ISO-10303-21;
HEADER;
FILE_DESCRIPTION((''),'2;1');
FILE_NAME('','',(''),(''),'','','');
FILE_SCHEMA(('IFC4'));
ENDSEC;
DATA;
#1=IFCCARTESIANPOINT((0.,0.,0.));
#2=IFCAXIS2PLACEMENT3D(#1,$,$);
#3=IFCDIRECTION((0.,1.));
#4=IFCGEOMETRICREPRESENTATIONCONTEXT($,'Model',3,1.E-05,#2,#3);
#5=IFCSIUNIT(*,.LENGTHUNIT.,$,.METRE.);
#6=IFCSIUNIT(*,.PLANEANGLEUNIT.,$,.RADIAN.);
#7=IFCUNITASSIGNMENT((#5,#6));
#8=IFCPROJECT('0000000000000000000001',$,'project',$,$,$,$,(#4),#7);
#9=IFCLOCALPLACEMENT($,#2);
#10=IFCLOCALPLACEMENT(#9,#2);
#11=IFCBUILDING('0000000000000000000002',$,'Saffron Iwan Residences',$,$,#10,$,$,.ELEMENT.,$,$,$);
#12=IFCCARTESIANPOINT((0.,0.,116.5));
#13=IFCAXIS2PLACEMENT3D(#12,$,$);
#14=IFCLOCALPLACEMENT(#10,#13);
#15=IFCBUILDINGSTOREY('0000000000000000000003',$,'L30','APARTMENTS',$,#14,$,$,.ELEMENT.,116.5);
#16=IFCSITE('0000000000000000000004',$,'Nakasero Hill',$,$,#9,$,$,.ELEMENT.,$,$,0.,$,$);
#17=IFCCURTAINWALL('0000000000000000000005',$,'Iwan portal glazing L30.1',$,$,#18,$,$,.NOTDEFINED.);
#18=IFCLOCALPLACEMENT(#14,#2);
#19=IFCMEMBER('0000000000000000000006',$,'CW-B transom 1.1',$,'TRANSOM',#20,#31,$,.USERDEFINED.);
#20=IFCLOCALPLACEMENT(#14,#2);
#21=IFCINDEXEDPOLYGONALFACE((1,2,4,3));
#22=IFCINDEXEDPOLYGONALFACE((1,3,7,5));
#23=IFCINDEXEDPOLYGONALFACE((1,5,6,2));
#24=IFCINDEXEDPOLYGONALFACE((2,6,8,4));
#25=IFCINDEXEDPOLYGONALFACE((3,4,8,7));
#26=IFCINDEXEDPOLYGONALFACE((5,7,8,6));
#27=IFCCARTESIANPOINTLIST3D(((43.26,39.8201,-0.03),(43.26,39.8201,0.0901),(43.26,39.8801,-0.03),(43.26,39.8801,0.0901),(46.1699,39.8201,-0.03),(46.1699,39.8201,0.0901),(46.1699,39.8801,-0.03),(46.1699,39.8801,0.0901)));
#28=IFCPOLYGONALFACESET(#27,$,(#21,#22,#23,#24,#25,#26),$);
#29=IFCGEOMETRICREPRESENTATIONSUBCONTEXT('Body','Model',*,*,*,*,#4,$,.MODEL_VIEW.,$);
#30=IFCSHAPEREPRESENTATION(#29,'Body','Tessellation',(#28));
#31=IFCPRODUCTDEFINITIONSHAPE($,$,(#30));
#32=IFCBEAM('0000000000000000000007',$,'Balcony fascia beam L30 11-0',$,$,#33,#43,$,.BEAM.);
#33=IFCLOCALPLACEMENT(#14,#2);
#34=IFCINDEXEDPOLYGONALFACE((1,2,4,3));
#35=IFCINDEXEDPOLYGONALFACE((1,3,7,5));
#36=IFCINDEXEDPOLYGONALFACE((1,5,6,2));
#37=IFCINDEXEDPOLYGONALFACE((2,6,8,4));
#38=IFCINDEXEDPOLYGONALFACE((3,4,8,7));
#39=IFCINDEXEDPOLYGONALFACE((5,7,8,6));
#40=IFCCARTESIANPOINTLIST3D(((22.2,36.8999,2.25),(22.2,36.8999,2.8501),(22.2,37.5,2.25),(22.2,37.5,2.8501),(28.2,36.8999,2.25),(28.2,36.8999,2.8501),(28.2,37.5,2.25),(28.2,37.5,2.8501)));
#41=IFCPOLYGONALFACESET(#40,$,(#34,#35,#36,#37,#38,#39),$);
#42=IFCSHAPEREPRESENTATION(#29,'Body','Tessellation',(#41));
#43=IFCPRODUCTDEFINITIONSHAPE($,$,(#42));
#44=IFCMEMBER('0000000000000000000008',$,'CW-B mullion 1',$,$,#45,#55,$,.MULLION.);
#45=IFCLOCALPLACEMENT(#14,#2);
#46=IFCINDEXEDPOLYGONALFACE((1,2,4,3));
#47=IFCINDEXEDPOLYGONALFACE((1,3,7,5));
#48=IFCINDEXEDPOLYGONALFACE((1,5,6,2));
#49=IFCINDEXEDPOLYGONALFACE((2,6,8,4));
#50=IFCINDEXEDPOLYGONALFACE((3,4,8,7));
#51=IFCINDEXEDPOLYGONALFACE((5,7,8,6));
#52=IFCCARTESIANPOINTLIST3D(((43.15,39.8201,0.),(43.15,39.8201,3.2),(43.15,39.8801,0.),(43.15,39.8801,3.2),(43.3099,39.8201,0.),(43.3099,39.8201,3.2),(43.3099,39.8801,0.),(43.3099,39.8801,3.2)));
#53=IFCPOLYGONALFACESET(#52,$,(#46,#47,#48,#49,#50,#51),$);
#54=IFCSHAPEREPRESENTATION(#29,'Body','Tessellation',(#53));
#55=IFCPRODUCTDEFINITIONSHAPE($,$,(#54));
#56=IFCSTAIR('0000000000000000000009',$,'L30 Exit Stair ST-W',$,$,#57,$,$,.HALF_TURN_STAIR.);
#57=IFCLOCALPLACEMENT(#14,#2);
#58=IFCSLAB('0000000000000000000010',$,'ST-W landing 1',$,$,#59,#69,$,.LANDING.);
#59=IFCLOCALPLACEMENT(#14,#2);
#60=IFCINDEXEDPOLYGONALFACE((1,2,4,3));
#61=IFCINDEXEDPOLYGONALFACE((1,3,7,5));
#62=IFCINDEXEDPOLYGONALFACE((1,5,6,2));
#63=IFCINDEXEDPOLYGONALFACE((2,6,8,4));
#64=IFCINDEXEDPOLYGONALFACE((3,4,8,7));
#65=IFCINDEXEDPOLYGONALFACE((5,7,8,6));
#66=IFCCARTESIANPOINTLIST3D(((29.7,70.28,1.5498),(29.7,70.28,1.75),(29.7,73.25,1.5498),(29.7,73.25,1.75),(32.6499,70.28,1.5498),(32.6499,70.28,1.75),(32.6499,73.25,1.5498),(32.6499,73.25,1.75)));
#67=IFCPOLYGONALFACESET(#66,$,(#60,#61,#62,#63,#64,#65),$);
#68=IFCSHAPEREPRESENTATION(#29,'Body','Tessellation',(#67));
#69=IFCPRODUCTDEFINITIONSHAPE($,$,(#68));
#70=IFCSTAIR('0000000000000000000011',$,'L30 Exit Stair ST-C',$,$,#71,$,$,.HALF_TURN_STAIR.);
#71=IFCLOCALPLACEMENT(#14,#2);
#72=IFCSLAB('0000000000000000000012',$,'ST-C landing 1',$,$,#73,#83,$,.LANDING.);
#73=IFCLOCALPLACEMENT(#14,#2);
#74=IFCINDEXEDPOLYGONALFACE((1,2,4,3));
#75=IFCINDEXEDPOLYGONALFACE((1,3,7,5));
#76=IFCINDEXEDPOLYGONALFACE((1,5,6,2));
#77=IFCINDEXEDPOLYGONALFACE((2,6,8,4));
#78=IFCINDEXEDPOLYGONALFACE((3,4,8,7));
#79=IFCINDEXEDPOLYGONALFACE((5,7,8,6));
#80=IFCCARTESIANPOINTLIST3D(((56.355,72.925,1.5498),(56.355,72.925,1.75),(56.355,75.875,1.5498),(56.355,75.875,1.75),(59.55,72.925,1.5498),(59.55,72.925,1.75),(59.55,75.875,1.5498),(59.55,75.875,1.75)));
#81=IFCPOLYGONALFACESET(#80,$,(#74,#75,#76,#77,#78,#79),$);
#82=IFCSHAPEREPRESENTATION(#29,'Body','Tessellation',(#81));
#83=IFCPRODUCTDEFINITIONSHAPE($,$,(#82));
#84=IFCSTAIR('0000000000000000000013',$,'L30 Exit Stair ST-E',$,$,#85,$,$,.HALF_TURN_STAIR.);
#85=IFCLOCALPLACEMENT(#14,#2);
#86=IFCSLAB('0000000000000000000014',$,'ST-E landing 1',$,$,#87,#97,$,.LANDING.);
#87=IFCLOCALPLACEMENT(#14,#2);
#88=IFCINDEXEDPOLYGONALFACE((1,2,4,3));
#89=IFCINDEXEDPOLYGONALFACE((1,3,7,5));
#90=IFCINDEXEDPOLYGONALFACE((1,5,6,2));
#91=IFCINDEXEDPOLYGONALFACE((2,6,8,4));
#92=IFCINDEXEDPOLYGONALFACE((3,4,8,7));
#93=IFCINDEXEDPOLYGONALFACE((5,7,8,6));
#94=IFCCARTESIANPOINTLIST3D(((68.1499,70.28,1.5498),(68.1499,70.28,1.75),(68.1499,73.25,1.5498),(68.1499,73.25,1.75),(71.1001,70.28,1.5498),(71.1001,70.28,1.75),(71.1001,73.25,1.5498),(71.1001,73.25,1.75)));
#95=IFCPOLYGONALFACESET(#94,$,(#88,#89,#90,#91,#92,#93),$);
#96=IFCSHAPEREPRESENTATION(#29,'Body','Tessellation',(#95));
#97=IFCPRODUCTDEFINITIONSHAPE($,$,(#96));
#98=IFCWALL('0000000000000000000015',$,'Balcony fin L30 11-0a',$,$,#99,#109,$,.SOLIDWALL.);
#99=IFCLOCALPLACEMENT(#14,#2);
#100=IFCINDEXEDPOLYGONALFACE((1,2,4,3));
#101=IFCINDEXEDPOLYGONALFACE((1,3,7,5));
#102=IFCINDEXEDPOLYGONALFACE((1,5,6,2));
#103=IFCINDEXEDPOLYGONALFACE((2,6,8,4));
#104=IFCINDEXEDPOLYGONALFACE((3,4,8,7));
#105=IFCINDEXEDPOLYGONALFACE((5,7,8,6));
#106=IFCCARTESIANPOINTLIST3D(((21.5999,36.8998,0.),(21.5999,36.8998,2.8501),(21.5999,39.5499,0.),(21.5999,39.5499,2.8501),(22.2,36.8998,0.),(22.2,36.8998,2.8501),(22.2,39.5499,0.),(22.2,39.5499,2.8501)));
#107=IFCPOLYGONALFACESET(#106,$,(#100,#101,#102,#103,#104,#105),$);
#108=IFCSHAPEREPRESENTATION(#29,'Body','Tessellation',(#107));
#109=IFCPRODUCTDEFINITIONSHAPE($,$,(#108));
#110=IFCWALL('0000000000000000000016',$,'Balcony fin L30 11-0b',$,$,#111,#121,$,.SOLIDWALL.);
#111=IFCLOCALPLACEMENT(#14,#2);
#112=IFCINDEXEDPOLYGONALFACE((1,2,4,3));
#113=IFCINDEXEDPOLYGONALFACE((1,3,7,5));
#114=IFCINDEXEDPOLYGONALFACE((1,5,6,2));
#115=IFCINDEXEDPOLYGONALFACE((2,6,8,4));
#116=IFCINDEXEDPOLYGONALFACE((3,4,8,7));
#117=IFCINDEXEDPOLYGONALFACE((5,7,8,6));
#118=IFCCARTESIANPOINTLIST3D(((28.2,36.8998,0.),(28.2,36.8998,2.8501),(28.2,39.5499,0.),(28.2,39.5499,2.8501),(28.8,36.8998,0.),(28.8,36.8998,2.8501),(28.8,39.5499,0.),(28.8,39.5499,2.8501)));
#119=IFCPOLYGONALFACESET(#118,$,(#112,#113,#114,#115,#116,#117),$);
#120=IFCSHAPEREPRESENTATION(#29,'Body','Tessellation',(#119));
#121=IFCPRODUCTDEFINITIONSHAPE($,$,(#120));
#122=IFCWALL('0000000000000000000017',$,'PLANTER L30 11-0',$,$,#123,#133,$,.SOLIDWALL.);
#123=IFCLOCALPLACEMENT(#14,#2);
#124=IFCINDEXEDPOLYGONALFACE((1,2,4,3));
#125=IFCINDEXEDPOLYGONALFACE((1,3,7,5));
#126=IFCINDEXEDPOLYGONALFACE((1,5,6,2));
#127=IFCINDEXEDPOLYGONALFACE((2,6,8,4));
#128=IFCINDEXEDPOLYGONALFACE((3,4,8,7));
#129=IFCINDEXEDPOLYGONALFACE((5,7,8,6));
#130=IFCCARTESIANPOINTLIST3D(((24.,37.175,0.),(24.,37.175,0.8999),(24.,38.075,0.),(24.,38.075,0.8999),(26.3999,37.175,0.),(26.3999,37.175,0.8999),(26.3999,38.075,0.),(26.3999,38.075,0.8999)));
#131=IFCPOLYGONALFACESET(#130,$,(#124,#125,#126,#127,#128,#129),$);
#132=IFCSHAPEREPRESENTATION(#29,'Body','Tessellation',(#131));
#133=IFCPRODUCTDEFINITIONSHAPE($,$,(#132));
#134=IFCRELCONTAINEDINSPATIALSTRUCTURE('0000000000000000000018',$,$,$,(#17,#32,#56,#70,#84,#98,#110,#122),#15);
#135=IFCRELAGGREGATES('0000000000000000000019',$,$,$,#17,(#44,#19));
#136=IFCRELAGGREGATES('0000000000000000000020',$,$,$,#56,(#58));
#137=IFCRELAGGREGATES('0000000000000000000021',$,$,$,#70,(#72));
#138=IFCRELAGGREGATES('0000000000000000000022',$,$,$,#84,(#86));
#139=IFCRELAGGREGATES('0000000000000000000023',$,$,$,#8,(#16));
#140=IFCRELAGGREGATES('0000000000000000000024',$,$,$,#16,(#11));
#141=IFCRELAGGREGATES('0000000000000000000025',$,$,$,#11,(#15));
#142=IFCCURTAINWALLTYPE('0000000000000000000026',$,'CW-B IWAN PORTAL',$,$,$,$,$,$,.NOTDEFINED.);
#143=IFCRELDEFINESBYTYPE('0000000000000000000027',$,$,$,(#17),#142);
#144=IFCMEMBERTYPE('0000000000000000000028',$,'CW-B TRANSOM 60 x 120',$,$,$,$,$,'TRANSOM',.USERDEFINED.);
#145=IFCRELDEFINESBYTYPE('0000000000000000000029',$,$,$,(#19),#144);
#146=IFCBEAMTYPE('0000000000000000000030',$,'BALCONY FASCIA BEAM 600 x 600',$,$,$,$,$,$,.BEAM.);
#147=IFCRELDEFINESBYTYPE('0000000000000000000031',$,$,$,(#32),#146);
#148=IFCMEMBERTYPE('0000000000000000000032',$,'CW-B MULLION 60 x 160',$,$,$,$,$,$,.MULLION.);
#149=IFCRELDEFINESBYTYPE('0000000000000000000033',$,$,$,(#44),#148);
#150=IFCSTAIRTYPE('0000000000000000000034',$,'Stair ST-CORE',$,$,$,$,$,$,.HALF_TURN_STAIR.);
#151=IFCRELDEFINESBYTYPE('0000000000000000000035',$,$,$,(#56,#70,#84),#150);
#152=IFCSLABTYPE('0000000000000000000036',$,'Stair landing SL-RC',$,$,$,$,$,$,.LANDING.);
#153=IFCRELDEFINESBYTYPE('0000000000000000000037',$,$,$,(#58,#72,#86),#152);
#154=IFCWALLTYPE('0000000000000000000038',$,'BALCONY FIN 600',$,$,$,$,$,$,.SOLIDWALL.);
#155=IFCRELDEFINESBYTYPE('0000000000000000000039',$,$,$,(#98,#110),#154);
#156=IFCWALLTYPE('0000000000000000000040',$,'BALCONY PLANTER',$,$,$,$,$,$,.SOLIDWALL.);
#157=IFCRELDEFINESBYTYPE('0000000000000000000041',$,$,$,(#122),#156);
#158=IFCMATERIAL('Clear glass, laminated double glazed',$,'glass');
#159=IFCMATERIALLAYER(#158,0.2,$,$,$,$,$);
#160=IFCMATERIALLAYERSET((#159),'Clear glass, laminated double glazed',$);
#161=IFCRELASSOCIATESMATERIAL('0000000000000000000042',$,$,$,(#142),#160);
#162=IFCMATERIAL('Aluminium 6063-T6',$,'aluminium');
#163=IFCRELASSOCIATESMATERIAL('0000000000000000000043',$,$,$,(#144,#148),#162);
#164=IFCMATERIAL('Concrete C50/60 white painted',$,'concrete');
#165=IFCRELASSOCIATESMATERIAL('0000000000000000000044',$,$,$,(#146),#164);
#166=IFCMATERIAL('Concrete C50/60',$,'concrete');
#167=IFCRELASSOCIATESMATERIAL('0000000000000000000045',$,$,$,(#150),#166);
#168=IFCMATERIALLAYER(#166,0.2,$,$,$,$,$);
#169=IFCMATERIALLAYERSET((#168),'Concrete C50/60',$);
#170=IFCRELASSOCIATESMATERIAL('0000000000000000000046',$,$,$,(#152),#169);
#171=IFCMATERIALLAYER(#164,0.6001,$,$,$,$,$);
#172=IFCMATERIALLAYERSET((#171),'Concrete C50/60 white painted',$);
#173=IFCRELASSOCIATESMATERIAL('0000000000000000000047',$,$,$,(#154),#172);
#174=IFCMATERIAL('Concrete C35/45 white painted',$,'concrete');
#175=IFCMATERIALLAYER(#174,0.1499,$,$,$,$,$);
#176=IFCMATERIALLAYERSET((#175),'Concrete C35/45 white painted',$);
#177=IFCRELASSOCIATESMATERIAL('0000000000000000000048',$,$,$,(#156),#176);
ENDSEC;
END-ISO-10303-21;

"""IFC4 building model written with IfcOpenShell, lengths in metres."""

from ifc_helpers import new_model, si_unit, direction, frame, frame_2d, origin, origin_2d, place, context, subcontext, project, spatial, polyline, rectangle, outline, extrude, source, transform, mapped, material, layer, layer_set, material_profile, profile_set, type_object, element, aggregate, save


model = new_model("IFC4")

# Units and contexts
model_context = context("Model", 3, precision=1e-05, world=origin(), true_north=direction((0.0, 1.0)))
body_context = subcontext(model_context, "Body", "Model", "MODEL_VIEW")
ifc_project = project(units=[si_unit("LENGTHUNIT", "METRE"), si_unit("PLANEANGLEUNIT", "RADIAN")], contexts=[model_context])

# Site, building, storey
site_placement = place(None, origin())
site = spatial("IfcSite", under=ifc_project, at=site_placement, Name="Nakasero Hill", CompositionType="ELEMENT", RefElevation=0.0)
building_placement = place(site_placement, origin())
building = spatial("IfcBuilding", under=site, at=building_placement, Name="Saffron Iwan Residences", CompositionType="ELEMENT")
storey_placement = place(building_placement, frame((0.0, 0.0, 116.5)))
storey = spatial("IfcBuildingStorey", under=building, at=storey_placement, Name="L30", Description="APARTMENTS", CompositionType="ELEMENT", Elevation=116.5)

# Curtain wall, member
ifc_material_1 = material(Name="Clear glass, laminated double glazed", Category="glass")
ifc_layer_1 = layer(ifc_material_1, 0.2)
ifc_layer_set_1 = layer_set([ifc_layer_1], Name="Clear glass, laminated double glazed")
curtain_wall_type = type_object("IfcCurtainWallType", Name="CW-B IWAN PORTAL", PredefinedType="NOTDEFINED", material=ifc_layer_set_1)
curtain_wall_placement = place(storey_placement, origin())
curtain_wall = element("IfcCurtainWall", 1, at=curtain_wall_placement, inside=storey, type_object=curtain_wall_type, Name="Iwan portal glazing L30.1", PredefinedType="NOTDEFINED")
ifc_material_2 = material(Name="Aluminium 6063-T6", Category="aluminium")
ifc_material_profile_1 = material_profile(ifc_material_2, rectangle(XDim=0.0601, YDim=0.1201, at=origin_2d()), Name="CW-B TRANSOM 60 x 120")
ifc_profile_set_1 = profile_set([ifc_material_profile_1], Name="Aluminium 6063-T6")
member_type_1 = type_object("IfcMemberType", Name="CW-B TRANSOM 60 x 120", ElementType="TRANSOM", PredefinedType="USERDEFINED", material=ifc_profile_set_1)
shared_shape_1 = source(origin(), body_context, "Body", "SweptSolid", [
    extrude(rectangle(XDim=0.0601, YDim=0.1201, at=origin_2d()), origin(), (0.0, 0.0, 1.0), 2.9099),
])
member_1_placement = place(storey_placement, frame((43.26, 39.8501, 0.03), z_axis=(1.0, 0.0, 0.0), x_axis=(0.0, 1.0, 0.0)))
member_1 = element("IfcMember", 2, at=member_1_placement, type_object=member_type_1, Name="CW-B transom 1.1", ObjectType="TRANSOM", PredefinedType="USERDEFINED", context=body_context, shape_type="MappedRepresentation", body=[
    mapped(shared_shape_1, transform((0.0, 0.0, 0.0))),
])

# Beam
ifc_material_3 = material(Name="Concrete C50/60 white painted", Category="concrete")
ifc_material_profile_2 = material_profile(ifc_material_3, rectangle(XDim=0.6001, YDim=0.6001, at=origin_2d()), Name="BALCONY FASCIA BEAM 600 x 600")
ifc_profile_set_2 = profile_set([ifc_material_profile_2], Name="Concrete C50/60 white painted")
beam_type = type_object("IfcBeamType", Name="BALCONY FASCIA BEAM 600 x 600", PredefinedType="BEAM", material=ifc_profile_set_2)
shared_shape_2 = source(origin(), body_context, "Body", "SweptSolid", [
    extrude(rectangle(XDim=0.6001, YDim=0.6001, at=origin_2d()), origin(), (0.0, 0.0, 1.0), 6.0),
])
beam_placement = place(storey_placement, frame((22.2, 37.2, 2.55), z_axis=(1.0, 0.0, 0.0), x_axis=(0.0, 1.0, 0.0)))
element("IfcBeam", 3, at=beam_placement, inside=storey, type_object=beam_type, Name="Balcony fascia beam L30 11-0", PredefinedType="BEAM", context=body_context, shape_type="MappedRepresentation", body=[
    mapped(shared_shape_2, transform((0.0, 0.0, 0.0))),
])

# Member
ifc_material_profile_3 = material_profile(ifc_material_2, rectangle(XDim=0.0601, YDim=0.1599, at=origin_2d()), Name="CW-B MULLION 60 x 160")
ifc_profile_set_3 = profile_set([ifc_material_profile_3], Name="Aluminium 6063-T6")
member_type_2 = type_object("IfcMemberType", Name="CW-B MULLION 60 x 160", PredefinedType="MULLION", material=ifc_profile_set_3)
shared_shape_3 = source(origin(), body_context, "Body", "SweptSolid", [
    extrude(rectangle(XDim=0.0601, YDim=0.1599, at=origin_2d()), origin(), (0.0, 0.0, 1.0), 3.2),
])
member_2_placement = place(storey_placement, frame((43.23, 39.8501, 0.0), z_axis=(0.0, 0.0, 1.0), x_axis=(0.0, 1.0, 0.0)))
member_2 = element("IfcMember", 4, at=member_2_placement, type_object=member_type_2, Name="CW-B mullion 1", PredefinedType="MULLION", context=body_context, shape_type="MappedRepresentation", body=[
    mapped(shared_shape_3, transform((0.0, 0.0, 0.0))),
])
aggregate(curtain_wall, [member_2, member_1])

# Stairs, slabs
ifc_material_4 = material(Name="Concrete C50/60", Category="concrete")
stair_type = type_object("IfcStairType", Name="Stair ST-CORE", PredefinedType="HALF_TURN_STAIR", material=ifc_material_4)
stair_1_placement = place(storey_placement, origin())
stair_1 = element("IfcStair", 5, at=stair_1_placement, inside=storey, type_object=stair_type, Name="L30 Exit Stair ST-W", PredefinedType="HALF_TURN_STAIR")
ifc_layer_2 = layer(ifc_material_4, 0.2)
ifc_layer_set_2 = layer_set([ifc_layer_2], Name="Concrete C50/60")
slab_type = type_object("IfcSlabType", Name="Stair landing SL-RC", PredefinedType="LANDING", material=ifc_layer_set_2)
slab_1_placement = place(storey_placement, frame((0.0, 0.0, 1.5498)))
slab_1 = element("IfcSlab", 6, at=slab_1_placement, type_object=slab_type, Name="ST-W landing 1", PredefinedType="LANDING", context=body_context, shape_type="SweptSolid", body=[
    extrude(outline(polyline([(32.6499, 70.28), (32.6499, 73.25), (29.7, 73.25), (29.7, 70.28), (32.6499, 70.28)])), origin(), (0.0, 0.0, 1.0), 0.2002),
])
aggregate(stair_1, [slab_1])
stair_2_placement = place(storey_placement, origin())
stair_2 = element("IfcStair", 7, at=stair_2_placement, inside=storey, type_object=stair_type, Name="L30 Exit Stair ST-C", PredefinedType="HALF_TURN_STAIR")
slab_2_placement = place(storey_placement, frame((0.0, 0.0, 1.5498)))
slab_2 = element("IfcSlab", 8, at=slab_2_placement, type_object=slab_type, Name="ST-C landing 1", PredefinedType="LANDING", context=body_context, shape_type="SweptSolid", body=[
    extrude(outline(polyline([(56.355, 72.925), (59.55, 72.925), (59.55, 75.875), (56.355, 75.875), (56.355, 72.925)])), origin(), (0.0, 0.0, 1.0), 0.2002),
])
aggregate(stair_2, [slab_2])
stair_3_placement = place(storey_placement, origin())
stair_3 = element("IfcStair", 9, at=stair_3_placement, inside=storey, type_object=stair_type, Name="L30 Exit Stair ST-E", PredefinedType="HALF_TURN_STAIR")
slab_3_placement = place(storey_placement, frame((0.0, 0.0, 1.5498)))
slab_3 = element("IfcSlab", 10, at=slab_3_placement, type_object=slab_type, Name="ST-E landing 1", PredefinedType="LANDING", context=body_context, shape_type="SweptSolid", body=[
    extrude(outline(polyline([(71.1001, 70.28), (71.1001, 73.25), (68.1499, 73.25), (68.1499, 70.28), (71.1001, 70.28)])), origin(), (0.0, 0.0, 1.0), 0.2002),
])
aggregate(stair_3, [slab_3])

# Walls
ifc_layer_3 = layer(ifc_material_3, 0.6001)
ifc_layer_set_3 = layer_set([ifc_layer_3], Name="Concrete C50/60 white painted")
wall_type_1 = type_object("IfcWallType", Name="BALCONY FIN 600", PredefinedType="SOLIDWALL", material=ifc_layer_set_3)
for number, where, z_axis, x_axis, name in (
    (11, (21.8999, 39.55, 0.0), (0.0, 0.0, 1.0), (0.0, -1.0, 0.0), "Balcony fin L30 11-0a"),
    (12, (28.5, 39.55, 0.0), (0.0, 0.0, 1.0), (0.0, -1.0, 0.0), "Balcony fin L30 11-0b"),
):
    element("IfcWall", number, at=place(storey_placement, frame(where, z_axis=z_axis, x_axis=x_axis)), inside=storey, type_object=wall_type_1, Name=name, PredefinedType="SOLIDWALL", context=body_context, shape_type="SweptSolid", body=[
        extrude(rectangle(XDim=2.6501, YDim=0.6001, at=frame_2d((1.3252, 0.0))), origin(), (0.0, 0.0, 1.0), 2.8501),
    ])
ifc_material_5 = material(Name="Concrete C35/45 white painted", Category="concrete")
ifc_layer_4 = layer(ifc_material_5, 0.1499)
ifc_layer_set_4 = layer_set([ifc_layer_4], Name="Concrete C35/45 white painted")
wall_type_2 = type_object("IfcWallType", Name="BALCONY PLANTER", PredefinedType="SOLIDWALL", material=ifc_layer_set_4)
wall_1_placement = place(storey_placement, frame((24.0, 37.625, 0.0), z_axis=(0.0, 0.0, 1.0), x_axis=(1.0, 0.0, 0.0)))
element("IfcWall", 13, at=wall_1_placement, inside=storey, type_object=wall_type_2, Name="PLANTER L30 11-0", PredefinedType="SOLIDWALL", context=body_context, shape_type="SweptSolid", body=[
    extrude(rectangle(XDim=2.3999, YDim=0.8999, at=frame_2d((1.2, 0.0))), origin(), (0.0, 0.0, 1.0), 0.8999),
])

save(model, "model.ifc")
